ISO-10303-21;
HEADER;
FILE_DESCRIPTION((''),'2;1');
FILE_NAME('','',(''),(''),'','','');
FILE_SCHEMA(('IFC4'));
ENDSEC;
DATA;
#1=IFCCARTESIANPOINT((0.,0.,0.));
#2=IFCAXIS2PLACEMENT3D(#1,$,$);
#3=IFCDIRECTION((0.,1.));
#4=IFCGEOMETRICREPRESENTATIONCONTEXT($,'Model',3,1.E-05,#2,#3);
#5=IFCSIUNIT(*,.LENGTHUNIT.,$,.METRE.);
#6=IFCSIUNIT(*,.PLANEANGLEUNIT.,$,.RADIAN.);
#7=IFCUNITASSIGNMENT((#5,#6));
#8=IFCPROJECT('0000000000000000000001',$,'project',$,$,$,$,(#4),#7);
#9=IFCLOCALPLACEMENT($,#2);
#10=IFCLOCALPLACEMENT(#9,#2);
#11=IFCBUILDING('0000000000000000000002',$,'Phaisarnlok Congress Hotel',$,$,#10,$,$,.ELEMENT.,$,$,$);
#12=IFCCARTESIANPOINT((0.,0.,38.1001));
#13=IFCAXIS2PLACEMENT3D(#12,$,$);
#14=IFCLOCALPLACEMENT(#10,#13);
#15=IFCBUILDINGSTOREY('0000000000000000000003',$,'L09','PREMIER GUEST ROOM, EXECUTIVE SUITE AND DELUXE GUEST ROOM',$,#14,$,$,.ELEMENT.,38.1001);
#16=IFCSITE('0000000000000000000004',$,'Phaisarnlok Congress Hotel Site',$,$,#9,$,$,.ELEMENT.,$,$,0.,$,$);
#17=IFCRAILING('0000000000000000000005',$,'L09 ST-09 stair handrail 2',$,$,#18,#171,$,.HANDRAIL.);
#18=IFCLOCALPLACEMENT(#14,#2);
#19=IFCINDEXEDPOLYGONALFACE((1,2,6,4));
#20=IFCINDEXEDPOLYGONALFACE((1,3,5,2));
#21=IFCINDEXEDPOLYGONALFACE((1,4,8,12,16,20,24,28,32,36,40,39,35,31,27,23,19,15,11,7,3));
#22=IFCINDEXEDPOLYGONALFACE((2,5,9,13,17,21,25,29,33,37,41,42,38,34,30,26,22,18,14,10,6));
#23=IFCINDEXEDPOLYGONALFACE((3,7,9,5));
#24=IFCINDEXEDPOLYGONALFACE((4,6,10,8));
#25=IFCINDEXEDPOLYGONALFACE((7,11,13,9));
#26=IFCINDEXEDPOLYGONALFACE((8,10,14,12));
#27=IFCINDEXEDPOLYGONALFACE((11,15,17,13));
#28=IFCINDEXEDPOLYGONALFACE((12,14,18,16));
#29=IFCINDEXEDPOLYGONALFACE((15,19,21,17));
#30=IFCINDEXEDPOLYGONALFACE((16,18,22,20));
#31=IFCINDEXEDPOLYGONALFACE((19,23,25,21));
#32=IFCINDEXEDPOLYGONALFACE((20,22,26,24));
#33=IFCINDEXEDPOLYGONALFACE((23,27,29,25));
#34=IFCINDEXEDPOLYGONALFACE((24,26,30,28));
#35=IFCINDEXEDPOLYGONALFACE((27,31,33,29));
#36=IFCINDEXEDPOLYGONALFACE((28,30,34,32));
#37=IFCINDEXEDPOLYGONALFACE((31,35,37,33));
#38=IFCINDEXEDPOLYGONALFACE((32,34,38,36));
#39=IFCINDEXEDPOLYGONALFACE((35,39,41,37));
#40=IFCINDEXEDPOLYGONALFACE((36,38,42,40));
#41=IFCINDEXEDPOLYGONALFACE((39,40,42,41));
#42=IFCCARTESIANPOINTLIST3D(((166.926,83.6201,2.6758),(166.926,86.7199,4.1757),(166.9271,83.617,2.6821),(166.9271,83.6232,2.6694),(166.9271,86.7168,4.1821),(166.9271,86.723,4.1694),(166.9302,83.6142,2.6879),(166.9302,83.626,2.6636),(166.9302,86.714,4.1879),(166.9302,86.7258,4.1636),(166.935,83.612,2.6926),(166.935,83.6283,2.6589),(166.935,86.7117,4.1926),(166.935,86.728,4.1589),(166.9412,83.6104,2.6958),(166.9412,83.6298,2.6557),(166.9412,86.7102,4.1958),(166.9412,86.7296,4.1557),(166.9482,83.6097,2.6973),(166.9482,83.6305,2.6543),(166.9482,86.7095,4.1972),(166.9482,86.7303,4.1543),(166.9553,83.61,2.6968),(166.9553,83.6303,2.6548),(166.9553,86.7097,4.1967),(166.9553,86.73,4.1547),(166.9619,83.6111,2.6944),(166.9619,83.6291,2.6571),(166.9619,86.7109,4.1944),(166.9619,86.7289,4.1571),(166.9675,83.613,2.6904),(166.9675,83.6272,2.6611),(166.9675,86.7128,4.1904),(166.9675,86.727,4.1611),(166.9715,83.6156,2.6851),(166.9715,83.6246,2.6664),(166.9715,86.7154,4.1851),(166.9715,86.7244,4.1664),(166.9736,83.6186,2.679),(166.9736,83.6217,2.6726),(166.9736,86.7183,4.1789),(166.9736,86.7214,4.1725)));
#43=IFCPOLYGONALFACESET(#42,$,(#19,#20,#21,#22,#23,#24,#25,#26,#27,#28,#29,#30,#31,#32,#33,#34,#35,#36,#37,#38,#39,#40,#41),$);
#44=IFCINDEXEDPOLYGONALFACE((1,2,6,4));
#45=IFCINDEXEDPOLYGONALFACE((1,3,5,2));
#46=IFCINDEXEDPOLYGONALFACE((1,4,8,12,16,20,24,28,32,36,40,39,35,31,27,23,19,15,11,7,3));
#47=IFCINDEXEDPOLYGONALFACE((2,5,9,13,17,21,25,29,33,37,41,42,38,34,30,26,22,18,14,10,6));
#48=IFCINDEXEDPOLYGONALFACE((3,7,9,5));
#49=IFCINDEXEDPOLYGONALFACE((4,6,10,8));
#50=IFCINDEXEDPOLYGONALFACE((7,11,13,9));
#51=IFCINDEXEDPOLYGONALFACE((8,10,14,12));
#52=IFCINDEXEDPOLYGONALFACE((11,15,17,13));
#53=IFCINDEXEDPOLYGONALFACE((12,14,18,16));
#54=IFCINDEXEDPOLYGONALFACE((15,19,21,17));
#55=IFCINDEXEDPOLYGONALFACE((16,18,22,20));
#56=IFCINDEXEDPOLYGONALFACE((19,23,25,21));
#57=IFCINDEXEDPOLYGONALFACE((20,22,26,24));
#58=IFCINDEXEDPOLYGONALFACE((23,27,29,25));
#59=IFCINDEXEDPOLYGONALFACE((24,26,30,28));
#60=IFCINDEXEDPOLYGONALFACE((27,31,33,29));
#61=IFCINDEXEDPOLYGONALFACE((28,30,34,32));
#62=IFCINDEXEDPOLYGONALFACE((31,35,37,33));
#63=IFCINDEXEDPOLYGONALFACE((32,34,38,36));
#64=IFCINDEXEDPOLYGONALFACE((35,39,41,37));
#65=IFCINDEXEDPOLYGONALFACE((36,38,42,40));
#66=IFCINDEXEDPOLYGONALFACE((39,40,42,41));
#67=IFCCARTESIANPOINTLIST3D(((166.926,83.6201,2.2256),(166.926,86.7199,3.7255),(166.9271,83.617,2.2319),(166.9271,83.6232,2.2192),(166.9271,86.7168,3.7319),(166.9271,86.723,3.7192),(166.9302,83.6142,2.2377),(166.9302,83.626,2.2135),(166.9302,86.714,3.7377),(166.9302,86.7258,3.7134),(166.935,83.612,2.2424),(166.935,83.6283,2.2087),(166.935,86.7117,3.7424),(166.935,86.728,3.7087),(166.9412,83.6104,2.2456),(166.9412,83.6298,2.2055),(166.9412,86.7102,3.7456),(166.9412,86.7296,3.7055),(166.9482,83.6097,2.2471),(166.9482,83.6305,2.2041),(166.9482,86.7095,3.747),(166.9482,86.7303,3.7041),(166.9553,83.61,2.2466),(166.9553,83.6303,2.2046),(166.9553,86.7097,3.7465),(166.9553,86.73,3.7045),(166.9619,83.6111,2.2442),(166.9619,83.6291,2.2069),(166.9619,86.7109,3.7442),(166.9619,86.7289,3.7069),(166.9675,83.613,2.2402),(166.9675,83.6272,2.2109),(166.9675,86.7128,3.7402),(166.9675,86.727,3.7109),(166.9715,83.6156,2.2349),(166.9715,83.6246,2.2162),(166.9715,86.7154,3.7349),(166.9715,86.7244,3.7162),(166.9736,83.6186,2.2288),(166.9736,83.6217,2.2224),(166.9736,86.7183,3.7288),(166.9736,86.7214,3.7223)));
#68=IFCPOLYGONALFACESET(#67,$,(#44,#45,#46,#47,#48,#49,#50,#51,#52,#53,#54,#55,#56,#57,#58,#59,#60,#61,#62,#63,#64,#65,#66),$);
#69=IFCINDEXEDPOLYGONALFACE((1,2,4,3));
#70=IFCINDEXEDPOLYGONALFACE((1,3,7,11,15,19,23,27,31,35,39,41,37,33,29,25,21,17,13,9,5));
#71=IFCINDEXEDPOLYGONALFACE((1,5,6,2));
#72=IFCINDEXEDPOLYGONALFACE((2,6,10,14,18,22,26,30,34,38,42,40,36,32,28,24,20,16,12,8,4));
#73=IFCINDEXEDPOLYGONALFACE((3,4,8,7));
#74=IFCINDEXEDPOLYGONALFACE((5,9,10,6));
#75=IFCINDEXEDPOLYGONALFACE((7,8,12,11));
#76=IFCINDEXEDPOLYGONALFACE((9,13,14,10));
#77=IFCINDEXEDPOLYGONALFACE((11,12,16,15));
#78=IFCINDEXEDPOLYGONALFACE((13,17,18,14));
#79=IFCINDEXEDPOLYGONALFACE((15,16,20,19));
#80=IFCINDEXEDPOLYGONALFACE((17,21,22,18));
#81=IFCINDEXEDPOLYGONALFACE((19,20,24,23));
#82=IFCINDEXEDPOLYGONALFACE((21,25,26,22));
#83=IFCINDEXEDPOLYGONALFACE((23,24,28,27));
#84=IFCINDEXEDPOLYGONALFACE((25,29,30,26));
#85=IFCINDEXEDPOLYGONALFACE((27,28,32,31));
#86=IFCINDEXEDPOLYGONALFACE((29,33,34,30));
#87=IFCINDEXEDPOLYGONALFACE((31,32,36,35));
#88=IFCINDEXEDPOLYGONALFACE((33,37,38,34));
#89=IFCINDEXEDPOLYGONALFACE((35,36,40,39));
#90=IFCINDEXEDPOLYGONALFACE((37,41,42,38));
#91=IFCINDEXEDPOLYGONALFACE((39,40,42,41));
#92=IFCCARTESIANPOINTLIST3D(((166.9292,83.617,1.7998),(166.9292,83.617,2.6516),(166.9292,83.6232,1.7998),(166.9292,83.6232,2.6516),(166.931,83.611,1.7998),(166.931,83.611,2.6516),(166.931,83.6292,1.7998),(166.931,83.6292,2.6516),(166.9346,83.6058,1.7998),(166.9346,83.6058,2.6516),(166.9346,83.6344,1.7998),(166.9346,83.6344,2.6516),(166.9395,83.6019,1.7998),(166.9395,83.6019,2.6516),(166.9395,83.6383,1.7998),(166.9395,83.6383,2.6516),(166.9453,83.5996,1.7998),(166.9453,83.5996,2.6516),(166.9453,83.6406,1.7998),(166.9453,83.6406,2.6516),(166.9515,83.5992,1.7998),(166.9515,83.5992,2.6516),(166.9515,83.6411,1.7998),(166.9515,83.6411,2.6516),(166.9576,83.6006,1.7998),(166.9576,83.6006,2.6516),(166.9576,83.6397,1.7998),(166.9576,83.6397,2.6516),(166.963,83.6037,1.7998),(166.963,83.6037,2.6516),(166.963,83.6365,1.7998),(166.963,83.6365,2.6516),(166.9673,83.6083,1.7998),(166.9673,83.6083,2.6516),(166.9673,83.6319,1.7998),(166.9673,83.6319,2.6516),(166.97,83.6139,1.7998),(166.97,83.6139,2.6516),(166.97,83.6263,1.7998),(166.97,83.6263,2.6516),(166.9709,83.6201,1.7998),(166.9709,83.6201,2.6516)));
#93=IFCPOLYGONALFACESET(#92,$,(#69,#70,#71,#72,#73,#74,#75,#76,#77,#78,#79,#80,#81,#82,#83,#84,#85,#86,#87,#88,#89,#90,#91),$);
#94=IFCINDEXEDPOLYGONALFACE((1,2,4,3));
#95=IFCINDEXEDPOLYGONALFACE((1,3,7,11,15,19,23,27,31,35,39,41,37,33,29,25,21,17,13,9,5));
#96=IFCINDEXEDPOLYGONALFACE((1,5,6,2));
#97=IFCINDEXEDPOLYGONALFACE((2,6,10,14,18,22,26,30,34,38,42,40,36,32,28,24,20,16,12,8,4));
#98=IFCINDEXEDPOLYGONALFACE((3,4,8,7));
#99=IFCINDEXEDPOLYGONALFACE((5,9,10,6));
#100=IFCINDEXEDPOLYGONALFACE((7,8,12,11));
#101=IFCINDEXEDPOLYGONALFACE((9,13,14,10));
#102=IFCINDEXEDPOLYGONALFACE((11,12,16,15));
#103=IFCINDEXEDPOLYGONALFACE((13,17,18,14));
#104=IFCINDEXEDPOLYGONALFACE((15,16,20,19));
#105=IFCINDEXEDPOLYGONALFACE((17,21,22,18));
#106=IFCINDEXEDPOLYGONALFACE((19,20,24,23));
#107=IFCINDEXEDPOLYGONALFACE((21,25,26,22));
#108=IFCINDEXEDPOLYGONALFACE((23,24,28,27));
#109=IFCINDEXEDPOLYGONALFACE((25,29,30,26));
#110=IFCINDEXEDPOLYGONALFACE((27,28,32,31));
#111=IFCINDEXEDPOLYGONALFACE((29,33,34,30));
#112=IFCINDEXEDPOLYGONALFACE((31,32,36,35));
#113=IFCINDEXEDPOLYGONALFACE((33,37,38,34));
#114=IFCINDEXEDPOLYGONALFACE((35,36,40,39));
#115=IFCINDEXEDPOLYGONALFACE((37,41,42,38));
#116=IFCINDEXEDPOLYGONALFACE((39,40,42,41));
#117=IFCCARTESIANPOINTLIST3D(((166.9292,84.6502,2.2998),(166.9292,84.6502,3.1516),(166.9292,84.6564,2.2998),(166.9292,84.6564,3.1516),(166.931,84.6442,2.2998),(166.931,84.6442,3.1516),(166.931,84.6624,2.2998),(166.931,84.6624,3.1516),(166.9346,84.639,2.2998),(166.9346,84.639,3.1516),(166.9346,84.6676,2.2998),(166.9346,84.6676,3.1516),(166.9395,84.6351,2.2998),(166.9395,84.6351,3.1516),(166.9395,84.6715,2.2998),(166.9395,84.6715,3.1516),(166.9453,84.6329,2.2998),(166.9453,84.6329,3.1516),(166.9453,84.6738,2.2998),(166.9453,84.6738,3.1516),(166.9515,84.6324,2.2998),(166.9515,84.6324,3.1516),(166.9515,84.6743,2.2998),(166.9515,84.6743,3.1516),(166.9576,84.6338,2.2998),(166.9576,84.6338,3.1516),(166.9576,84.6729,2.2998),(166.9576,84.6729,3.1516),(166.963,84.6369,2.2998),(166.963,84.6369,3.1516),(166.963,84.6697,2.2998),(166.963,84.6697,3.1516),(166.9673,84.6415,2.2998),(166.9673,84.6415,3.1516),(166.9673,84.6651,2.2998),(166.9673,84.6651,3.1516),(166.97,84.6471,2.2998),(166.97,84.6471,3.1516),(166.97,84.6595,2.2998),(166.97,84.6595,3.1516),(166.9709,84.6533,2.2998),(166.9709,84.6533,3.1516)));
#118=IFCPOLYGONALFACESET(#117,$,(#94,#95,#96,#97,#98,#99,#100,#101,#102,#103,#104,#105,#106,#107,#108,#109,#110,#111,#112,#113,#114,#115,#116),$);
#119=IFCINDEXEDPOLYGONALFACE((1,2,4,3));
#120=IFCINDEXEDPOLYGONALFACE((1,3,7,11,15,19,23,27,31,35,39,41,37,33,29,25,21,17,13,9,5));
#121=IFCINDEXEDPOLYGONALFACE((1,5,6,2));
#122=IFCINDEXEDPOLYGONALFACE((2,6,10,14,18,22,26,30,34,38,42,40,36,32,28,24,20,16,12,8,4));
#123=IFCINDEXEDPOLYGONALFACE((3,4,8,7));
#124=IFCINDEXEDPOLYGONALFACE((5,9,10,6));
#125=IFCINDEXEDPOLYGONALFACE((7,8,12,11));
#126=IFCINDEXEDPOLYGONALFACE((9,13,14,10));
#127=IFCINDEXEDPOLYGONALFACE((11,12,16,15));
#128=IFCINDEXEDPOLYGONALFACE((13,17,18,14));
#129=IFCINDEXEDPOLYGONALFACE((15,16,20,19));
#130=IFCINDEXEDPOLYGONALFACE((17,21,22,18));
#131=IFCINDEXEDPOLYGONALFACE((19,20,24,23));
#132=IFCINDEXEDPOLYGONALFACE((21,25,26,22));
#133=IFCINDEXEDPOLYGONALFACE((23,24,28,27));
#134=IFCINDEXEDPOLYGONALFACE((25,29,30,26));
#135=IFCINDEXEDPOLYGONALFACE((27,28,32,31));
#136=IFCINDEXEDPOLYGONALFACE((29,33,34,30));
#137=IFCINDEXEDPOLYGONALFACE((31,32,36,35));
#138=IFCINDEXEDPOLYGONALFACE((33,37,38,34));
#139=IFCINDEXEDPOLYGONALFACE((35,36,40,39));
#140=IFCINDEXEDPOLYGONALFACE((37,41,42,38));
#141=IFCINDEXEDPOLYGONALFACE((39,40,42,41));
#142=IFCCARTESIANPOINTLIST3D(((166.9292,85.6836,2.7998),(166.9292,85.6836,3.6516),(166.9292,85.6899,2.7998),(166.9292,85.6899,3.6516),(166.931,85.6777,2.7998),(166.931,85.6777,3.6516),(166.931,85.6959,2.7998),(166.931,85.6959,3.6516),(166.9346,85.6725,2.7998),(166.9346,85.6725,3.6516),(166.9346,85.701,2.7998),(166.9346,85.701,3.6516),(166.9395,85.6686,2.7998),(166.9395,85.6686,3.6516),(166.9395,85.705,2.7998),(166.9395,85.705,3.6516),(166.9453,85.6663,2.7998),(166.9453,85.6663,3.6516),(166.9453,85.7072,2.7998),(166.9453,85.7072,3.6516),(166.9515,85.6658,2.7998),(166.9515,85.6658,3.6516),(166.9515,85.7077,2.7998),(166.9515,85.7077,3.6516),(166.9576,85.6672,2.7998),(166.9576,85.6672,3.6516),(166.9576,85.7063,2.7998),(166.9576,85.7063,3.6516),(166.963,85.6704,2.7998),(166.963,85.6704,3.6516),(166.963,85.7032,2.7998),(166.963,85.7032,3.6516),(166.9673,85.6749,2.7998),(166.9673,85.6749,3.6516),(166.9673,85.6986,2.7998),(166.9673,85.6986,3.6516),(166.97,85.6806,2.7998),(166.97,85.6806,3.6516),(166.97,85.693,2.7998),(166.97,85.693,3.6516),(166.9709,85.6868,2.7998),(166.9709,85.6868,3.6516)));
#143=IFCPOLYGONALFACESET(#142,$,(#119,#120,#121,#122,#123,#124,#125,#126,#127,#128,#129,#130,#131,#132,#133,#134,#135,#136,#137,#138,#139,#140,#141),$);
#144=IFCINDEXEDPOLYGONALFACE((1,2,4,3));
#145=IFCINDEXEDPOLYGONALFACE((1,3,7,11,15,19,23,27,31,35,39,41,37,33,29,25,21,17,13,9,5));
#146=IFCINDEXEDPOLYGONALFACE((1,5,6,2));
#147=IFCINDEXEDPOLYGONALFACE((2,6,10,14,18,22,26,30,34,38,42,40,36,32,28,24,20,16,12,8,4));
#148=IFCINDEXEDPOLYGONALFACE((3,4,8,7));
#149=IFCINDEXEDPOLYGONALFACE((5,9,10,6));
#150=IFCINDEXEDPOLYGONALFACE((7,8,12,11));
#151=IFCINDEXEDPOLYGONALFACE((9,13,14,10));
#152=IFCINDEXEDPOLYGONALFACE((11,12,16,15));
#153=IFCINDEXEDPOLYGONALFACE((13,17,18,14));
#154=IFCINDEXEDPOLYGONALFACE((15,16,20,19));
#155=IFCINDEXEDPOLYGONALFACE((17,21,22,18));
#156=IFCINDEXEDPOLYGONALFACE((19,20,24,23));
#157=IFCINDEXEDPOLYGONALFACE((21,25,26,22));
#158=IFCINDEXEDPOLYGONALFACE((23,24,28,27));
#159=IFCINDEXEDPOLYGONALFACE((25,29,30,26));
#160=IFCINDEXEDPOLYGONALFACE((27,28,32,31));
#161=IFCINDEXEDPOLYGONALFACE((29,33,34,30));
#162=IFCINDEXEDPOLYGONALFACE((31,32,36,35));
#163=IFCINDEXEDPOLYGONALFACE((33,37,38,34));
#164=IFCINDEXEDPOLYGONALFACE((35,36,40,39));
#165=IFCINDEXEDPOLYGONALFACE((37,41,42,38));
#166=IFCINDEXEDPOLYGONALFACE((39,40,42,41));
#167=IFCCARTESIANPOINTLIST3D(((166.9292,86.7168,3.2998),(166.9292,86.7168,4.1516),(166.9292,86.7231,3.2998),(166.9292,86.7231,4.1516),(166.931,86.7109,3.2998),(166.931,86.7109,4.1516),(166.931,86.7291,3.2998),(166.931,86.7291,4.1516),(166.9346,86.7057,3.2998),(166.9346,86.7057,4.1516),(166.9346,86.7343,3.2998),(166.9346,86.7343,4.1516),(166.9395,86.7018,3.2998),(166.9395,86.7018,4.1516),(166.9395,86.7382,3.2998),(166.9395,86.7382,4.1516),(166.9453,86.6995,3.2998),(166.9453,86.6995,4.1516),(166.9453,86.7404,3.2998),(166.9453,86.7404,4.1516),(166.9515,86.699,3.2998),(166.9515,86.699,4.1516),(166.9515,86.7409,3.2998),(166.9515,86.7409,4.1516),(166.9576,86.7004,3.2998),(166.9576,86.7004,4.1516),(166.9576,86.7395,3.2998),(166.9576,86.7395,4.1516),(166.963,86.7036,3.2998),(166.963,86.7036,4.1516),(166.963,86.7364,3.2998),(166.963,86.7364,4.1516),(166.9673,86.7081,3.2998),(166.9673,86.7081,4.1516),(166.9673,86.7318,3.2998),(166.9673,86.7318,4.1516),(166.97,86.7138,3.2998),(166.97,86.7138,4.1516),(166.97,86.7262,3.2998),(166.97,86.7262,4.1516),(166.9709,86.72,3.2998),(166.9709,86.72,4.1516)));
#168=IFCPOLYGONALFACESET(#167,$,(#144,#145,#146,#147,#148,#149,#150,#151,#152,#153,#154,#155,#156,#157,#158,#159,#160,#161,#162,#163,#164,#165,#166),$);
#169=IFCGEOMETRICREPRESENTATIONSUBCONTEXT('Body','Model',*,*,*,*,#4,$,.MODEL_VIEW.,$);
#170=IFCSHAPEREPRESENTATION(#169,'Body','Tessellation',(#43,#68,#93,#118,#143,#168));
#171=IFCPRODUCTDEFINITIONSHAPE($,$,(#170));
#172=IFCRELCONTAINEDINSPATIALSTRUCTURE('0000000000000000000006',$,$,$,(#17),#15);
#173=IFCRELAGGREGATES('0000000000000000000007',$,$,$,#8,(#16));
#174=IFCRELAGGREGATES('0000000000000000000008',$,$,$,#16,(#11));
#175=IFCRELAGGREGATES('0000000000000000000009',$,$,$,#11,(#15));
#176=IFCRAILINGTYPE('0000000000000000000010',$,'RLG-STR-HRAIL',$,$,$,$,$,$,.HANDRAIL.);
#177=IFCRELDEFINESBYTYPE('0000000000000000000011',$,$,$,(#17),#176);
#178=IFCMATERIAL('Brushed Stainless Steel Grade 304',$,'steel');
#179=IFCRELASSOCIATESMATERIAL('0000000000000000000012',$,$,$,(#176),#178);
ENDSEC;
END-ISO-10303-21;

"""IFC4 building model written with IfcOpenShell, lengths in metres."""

from ifc_helpers import new_model, si_unit, direction, frame, origin, origin_2d, place, context, subcontext, project, spatial, circle, extrude, material, type_object, element, save


model = new_model("IFC4")

# Units and contexts
model_context = context("Model", 3, precision=1e-05, world=origin(), true_north=direction((0.0, 1.0)))
body_context = subcontext(model_context, "Body", "Model", "MODEL_VIEW")
ifc_project = project(units=[si_unit("LENGTHUNIT", "METRE"), si_unit("PLANEANGLEUNIT", "RADIAN")], contexts=[model_context])

# Site, building, storey
site_placement = place(None, origin())
site = spatial("IfcSite", under=ifc_project, at=site_placement, Name="Phaisarnlok Congress Hotel Site", CompositionType="ELEMENT", RefElevation=0.0)
building_placement = place(site_placement, origin())
building = spatial("IfcBuilding", under=site, at=building_placement, Name="Phaisarnlok Congress Hotel", CompositionType="ELEMENT")
storey_placement = place(building_placement, frame((0.0, 0.0, 38.1001)))
storey = spatial("IfcBuildingStorey", under=building, at=storey_placement, Name="L09", Description="PREMIER GUEST ROOM, EXECUTIVE SUITE AND DELUXE GUEST ROOM", CompositionType="ELEMENT", Elevation=38.1001)

# Railing
ifc_material_1 = material(Name="Brushed Stainless Steel Grade 304", Category="steel")
railing_type_1 = type_object("IfcRailingType", Name="RLG-STR-HRAIL", PredefinedType="HANDRAIL", material=ifc_material_1)
railing_1_placement = place(storey_placement, frame((166.95, 83.6201, 1.7998)))
element("IfcRailing", 1, at=railing_1_placement, inside=storey, type_object=railing_type_1, Name="L09 ST-09 stair handrail 2", PredefinedType="HANDRAIL", context=body_context, shape_type="SweptSolid", body=[
    extrude(circle(Radius=0.0239, at=origin_2d()), frame((0.0, 0.0, 0.876), z_axis=(0.0, 0.900151, 0.435578), x_axis=(-1.0, 0.0, 0.0)), (0.0, 0.0, 1.0), 3.4436),
    extrude(circle(Radius=0.0239, at=origin_2d()), frame((0.0, 0.0, 0.4258), z_axis=(0.0, 0.900151, 0.435578), x_axis=(-1.0, 0.0, 0.0)), (0.0, 0.0, 1.0), 3.4436),
    extrude(circle(Radius=0.021, at=origin_2d()), origin(), (0.0, 0.0, 1.0), 0.8518),
    extrude(circle(Radius=0.021, at=origin_2d()), frame((0.0, 1.0332, 0.5)), (0.0, 0.0, 1.0), 0.8518),
    extrude(circle(Radius=0.021, at=origin_2d()), frame((0.0, 2.0667, 1.0)), (0.0, 0.0, 1.0), 0.8518),
    extrude(circle(Radius=0.021, at=origin_2d()), frame((0.0, 3.0999, 1.5)), (0.0, 0.0, 1.0), 0.8518),
])

save(model, "model.ifc")
